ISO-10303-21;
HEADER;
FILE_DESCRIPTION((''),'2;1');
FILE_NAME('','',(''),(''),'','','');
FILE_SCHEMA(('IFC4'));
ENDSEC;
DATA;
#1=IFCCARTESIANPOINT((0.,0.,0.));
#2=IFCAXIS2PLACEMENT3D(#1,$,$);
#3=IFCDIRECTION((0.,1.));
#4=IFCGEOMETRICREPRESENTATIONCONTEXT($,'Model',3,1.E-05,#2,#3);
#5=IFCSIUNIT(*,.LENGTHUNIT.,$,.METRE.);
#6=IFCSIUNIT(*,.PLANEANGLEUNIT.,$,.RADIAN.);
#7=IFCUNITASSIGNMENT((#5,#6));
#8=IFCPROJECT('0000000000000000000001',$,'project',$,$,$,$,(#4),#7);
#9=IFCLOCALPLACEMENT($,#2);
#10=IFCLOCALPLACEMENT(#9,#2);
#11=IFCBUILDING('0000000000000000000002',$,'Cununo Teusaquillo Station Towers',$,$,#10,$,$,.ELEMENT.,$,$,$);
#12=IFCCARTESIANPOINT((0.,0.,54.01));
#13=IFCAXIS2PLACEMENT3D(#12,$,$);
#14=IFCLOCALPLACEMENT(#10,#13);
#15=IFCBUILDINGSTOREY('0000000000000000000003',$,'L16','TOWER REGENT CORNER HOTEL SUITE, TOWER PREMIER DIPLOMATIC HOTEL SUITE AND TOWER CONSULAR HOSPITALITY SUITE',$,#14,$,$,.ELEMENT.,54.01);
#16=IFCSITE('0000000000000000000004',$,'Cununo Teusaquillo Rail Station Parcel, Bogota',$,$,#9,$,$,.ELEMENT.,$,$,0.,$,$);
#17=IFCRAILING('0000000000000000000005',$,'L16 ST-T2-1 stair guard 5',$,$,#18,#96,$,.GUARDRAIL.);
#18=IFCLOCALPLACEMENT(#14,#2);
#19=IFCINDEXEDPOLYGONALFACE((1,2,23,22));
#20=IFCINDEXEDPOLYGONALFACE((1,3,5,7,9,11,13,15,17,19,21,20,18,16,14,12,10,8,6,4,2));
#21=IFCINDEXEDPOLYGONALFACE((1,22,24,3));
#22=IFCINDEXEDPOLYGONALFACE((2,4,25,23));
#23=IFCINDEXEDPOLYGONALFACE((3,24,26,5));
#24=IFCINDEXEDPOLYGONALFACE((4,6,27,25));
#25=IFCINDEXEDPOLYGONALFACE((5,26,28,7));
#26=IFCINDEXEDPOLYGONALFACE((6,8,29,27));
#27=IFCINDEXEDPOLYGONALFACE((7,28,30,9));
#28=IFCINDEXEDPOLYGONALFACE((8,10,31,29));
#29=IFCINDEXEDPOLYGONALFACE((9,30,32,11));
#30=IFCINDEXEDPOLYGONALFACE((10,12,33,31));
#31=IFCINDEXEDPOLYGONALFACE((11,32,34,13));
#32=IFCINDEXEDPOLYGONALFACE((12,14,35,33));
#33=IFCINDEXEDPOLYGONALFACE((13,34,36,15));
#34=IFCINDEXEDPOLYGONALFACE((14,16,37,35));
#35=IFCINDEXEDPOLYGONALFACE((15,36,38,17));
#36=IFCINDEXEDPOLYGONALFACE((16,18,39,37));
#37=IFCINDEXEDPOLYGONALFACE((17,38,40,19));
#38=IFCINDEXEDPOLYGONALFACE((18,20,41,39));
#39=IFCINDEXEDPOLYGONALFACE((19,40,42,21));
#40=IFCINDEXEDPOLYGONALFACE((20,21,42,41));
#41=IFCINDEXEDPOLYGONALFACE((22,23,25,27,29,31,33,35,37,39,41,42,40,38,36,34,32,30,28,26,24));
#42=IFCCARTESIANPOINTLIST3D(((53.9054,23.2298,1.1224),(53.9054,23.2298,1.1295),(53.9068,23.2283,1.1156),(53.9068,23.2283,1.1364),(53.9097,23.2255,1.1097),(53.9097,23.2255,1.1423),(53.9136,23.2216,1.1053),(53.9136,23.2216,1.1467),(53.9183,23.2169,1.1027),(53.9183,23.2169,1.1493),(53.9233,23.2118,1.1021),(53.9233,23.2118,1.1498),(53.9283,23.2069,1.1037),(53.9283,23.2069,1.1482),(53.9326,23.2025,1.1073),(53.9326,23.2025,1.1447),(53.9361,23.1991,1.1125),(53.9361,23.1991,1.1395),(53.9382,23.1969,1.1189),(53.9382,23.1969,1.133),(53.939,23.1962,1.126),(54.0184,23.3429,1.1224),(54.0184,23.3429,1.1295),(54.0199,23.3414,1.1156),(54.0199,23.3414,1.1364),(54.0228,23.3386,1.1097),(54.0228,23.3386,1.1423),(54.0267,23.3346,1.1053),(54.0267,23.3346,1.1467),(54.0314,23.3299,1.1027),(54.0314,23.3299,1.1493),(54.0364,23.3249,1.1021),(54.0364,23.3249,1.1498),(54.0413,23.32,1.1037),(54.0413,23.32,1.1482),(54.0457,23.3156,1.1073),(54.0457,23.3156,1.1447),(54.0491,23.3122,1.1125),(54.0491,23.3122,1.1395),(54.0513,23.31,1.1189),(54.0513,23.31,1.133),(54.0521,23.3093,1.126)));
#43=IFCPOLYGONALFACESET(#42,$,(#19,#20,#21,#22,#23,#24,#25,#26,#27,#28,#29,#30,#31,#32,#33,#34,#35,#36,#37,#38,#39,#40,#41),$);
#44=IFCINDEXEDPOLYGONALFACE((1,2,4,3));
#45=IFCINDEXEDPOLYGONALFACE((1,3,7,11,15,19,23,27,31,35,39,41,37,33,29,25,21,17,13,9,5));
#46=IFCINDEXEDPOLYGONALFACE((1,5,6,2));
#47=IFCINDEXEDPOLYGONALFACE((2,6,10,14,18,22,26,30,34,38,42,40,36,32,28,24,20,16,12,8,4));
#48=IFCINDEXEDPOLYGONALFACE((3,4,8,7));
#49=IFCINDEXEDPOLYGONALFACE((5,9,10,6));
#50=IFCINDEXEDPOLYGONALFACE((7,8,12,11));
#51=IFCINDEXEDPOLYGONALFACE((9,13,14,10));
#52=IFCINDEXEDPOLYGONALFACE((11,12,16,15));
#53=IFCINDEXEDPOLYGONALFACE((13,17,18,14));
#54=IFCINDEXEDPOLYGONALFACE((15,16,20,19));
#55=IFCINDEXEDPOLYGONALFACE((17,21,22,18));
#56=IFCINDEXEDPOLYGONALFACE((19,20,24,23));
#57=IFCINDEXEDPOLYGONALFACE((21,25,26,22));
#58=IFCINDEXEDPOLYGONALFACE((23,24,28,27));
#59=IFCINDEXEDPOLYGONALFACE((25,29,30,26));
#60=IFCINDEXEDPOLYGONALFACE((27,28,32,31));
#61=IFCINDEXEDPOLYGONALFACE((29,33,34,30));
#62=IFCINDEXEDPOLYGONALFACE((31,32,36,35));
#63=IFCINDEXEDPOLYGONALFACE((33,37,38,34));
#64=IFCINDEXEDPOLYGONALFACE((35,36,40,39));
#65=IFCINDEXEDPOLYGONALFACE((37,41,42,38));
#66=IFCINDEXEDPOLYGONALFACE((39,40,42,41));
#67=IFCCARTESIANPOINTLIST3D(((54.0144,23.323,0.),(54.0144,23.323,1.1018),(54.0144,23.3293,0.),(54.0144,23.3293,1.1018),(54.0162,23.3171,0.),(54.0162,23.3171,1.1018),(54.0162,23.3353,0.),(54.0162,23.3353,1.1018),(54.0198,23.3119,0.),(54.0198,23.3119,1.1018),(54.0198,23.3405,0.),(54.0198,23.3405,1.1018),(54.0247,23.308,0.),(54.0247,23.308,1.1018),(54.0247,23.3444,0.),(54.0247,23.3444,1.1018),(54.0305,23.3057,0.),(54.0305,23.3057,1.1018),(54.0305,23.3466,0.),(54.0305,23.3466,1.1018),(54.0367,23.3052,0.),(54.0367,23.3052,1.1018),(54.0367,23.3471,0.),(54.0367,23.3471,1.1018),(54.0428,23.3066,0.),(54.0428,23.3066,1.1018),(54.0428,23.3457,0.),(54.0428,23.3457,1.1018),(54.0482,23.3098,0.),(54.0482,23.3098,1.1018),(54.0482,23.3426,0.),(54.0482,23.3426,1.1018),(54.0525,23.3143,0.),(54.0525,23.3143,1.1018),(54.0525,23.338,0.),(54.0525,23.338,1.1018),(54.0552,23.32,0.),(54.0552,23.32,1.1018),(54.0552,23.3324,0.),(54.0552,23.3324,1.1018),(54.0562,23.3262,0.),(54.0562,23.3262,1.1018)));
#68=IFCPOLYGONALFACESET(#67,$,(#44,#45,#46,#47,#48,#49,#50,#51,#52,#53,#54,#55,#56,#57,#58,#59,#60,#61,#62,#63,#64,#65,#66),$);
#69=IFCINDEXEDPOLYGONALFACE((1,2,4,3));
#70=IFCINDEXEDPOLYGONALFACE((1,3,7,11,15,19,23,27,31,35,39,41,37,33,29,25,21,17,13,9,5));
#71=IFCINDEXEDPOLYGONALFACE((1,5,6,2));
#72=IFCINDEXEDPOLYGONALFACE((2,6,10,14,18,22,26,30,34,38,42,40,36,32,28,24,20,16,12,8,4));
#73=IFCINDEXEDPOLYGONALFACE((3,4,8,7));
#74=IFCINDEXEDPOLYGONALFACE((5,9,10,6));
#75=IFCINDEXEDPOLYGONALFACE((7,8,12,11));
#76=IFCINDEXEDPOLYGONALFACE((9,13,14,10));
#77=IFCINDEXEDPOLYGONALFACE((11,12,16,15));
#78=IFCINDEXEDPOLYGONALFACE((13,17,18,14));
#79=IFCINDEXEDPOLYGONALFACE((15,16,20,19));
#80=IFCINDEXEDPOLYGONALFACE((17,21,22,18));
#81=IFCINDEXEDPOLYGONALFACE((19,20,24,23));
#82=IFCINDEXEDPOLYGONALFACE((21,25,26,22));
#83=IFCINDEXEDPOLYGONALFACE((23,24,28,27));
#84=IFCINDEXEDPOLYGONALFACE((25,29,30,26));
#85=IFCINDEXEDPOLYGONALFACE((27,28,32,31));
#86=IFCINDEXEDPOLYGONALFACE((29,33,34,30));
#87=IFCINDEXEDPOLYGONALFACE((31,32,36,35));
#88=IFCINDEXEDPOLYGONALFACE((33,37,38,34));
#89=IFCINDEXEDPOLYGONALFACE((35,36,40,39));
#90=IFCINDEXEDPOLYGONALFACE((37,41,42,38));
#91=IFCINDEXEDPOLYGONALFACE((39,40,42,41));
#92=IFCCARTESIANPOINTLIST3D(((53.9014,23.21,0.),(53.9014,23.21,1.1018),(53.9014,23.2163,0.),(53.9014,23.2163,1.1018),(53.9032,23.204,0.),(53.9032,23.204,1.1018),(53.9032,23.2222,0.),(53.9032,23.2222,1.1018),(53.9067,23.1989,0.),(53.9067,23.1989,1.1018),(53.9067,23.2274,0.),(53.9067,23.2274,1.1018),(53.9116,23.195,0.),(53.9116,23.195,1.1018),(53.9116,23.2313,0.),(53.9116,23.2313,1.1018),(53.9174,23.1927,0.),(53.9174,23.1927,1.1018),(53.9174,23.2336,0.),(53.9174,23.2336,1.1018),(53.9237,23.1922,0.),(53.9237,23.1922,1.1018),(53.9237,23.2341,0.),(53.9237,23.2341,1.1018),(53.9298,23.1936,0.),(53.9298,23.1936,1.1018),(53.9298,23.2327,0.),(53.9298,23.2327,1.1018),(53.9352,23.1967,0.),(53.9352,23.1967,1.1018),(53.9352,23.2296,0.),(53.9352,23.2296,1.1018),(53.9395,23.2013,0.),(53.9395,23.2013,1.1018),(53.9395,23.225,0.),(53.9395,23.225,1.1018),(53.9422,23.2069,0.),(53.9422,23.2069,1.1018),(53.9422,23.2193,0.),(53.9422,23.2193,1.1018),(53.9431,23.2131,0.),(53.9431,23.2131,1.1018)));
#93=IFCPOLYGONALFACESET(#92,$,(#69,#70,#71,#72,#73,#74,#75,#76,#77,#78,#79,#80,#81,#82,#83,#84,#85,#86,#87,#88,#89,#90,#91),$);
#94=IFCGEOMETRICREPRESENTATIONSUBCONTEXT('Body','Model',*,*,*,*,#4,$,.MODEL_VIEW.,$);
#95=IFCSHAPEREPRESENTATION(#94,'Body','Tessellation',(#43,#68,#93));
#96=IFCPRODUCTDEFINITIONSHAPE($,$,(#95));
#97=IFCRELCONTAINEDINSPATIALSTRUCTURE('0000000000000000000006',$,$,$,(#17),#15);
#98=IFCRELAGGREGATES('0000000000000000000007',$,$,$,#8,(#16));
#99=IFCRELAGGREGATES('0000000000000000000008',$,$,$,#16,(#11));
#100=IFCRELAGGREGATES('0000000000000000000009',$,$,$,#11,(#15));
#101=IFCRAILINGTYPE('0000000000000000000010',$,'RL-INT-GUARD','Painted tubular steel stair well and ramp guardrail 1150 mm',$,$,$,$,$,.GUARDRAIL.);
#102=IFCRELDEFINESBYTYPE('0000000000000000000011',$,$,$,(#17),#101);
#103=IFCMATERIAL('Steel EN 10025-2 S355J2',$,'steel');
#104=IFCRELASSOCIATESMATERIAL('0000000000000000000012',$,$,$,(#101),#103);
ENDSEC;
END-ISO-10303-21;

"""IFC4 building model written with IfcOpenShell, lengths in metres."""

from ifc_helpers import new_model, si_unit, direction, frame, origin, origin_2d, place, context, subcontext, project, spatial, circle, extrude, material, type_object, element, save


model = new_model("IFC4")

# Units and contexts
model_context = context("Model", 3, precision=1e-05, world=origin(), true_north=direction((0.0, 1.0)))
body_context = subcontext(model_context, "Body", "Model", "MODEL_VIEW")
ifc_project = project(units=[si_unit("LENGTHUNIT", "METRE"), si_unit("PLANEANGLEUNIT", "RADIAN")], contexts=[model_context])

# Site, building, storey
site_placement = place(None, origin())
site = spatial("IfcSite", under=ifc_project, at=site_placement, Name="Cununo Teusaquillo Rail Station Parcel, Bogota", CompositionType="ELEMENT", RefElevation=0.0)
building_placement = place(site_placement, origin())
building = spatial("IfcBuilding", under=site, at=building_placement, Name="Cununo Teusaquillo Station Towers", CompositionType="ELEMENT")
storey_placement = place(building_placement, frame((0.0, 0.0, 54.01)))
storey = spatial("IfcBuildingStorey", under=building, at=storey_placement, Name="L16", Description="TOWER REGENT CORNER HOTEL SUITE, TOWER PREMIER DIPLOMATIC HOTEL SUITE AND TOWER CONSULAR HOSPITALITY SUITE", CompositionType="ELEMENT", Elevation=54.01)

# Railing
ifc_material_1 = material(Name="Steel EN 10025-2 S355J2", Category="steel")
railing_type_1 = type_object("IfcRailingType", Name="RL-INT-GUARD", Description="Painted tubular steel stair well and ramp guardrail 1150 mm", PredefinedType="GUARDRAIL", material=ifc_material_1)
railing_1_placement = place(storey_placement, frame((54.0352, 23.3262, 0.0)))
element("IfcRailing", 1, at=railing_1_placement, inside=storey, type_object=railing_type_1, Name="L16 ST-T2-1 stair guard 5", PredefinedType="GUARDRAIL", context=body_context, shape_type="SweptSolid", body=[
    extrude(circle(Radius=0.0239, at=origin_2d()), frame((0.0, 0.0, 1.126), z_axis=(-0.707107, -0.707107, 0.0), x_axis=(0.707107, -0.707107, 0.0)), (0.0, 0.0, 1.0), 0.1599),
    extrude(circle(Radius=0.021, at=origin_2d()), origin(), (0.0, 0.0, 1.0), 1.1018),
    extrude(circle(Radius=0.021, at=origin_2d()), frame((-0.113, -0.113, 0.0)), (0.0, 0.0, 1.0), 1.1018),
])

save(model, "model.ifc")
